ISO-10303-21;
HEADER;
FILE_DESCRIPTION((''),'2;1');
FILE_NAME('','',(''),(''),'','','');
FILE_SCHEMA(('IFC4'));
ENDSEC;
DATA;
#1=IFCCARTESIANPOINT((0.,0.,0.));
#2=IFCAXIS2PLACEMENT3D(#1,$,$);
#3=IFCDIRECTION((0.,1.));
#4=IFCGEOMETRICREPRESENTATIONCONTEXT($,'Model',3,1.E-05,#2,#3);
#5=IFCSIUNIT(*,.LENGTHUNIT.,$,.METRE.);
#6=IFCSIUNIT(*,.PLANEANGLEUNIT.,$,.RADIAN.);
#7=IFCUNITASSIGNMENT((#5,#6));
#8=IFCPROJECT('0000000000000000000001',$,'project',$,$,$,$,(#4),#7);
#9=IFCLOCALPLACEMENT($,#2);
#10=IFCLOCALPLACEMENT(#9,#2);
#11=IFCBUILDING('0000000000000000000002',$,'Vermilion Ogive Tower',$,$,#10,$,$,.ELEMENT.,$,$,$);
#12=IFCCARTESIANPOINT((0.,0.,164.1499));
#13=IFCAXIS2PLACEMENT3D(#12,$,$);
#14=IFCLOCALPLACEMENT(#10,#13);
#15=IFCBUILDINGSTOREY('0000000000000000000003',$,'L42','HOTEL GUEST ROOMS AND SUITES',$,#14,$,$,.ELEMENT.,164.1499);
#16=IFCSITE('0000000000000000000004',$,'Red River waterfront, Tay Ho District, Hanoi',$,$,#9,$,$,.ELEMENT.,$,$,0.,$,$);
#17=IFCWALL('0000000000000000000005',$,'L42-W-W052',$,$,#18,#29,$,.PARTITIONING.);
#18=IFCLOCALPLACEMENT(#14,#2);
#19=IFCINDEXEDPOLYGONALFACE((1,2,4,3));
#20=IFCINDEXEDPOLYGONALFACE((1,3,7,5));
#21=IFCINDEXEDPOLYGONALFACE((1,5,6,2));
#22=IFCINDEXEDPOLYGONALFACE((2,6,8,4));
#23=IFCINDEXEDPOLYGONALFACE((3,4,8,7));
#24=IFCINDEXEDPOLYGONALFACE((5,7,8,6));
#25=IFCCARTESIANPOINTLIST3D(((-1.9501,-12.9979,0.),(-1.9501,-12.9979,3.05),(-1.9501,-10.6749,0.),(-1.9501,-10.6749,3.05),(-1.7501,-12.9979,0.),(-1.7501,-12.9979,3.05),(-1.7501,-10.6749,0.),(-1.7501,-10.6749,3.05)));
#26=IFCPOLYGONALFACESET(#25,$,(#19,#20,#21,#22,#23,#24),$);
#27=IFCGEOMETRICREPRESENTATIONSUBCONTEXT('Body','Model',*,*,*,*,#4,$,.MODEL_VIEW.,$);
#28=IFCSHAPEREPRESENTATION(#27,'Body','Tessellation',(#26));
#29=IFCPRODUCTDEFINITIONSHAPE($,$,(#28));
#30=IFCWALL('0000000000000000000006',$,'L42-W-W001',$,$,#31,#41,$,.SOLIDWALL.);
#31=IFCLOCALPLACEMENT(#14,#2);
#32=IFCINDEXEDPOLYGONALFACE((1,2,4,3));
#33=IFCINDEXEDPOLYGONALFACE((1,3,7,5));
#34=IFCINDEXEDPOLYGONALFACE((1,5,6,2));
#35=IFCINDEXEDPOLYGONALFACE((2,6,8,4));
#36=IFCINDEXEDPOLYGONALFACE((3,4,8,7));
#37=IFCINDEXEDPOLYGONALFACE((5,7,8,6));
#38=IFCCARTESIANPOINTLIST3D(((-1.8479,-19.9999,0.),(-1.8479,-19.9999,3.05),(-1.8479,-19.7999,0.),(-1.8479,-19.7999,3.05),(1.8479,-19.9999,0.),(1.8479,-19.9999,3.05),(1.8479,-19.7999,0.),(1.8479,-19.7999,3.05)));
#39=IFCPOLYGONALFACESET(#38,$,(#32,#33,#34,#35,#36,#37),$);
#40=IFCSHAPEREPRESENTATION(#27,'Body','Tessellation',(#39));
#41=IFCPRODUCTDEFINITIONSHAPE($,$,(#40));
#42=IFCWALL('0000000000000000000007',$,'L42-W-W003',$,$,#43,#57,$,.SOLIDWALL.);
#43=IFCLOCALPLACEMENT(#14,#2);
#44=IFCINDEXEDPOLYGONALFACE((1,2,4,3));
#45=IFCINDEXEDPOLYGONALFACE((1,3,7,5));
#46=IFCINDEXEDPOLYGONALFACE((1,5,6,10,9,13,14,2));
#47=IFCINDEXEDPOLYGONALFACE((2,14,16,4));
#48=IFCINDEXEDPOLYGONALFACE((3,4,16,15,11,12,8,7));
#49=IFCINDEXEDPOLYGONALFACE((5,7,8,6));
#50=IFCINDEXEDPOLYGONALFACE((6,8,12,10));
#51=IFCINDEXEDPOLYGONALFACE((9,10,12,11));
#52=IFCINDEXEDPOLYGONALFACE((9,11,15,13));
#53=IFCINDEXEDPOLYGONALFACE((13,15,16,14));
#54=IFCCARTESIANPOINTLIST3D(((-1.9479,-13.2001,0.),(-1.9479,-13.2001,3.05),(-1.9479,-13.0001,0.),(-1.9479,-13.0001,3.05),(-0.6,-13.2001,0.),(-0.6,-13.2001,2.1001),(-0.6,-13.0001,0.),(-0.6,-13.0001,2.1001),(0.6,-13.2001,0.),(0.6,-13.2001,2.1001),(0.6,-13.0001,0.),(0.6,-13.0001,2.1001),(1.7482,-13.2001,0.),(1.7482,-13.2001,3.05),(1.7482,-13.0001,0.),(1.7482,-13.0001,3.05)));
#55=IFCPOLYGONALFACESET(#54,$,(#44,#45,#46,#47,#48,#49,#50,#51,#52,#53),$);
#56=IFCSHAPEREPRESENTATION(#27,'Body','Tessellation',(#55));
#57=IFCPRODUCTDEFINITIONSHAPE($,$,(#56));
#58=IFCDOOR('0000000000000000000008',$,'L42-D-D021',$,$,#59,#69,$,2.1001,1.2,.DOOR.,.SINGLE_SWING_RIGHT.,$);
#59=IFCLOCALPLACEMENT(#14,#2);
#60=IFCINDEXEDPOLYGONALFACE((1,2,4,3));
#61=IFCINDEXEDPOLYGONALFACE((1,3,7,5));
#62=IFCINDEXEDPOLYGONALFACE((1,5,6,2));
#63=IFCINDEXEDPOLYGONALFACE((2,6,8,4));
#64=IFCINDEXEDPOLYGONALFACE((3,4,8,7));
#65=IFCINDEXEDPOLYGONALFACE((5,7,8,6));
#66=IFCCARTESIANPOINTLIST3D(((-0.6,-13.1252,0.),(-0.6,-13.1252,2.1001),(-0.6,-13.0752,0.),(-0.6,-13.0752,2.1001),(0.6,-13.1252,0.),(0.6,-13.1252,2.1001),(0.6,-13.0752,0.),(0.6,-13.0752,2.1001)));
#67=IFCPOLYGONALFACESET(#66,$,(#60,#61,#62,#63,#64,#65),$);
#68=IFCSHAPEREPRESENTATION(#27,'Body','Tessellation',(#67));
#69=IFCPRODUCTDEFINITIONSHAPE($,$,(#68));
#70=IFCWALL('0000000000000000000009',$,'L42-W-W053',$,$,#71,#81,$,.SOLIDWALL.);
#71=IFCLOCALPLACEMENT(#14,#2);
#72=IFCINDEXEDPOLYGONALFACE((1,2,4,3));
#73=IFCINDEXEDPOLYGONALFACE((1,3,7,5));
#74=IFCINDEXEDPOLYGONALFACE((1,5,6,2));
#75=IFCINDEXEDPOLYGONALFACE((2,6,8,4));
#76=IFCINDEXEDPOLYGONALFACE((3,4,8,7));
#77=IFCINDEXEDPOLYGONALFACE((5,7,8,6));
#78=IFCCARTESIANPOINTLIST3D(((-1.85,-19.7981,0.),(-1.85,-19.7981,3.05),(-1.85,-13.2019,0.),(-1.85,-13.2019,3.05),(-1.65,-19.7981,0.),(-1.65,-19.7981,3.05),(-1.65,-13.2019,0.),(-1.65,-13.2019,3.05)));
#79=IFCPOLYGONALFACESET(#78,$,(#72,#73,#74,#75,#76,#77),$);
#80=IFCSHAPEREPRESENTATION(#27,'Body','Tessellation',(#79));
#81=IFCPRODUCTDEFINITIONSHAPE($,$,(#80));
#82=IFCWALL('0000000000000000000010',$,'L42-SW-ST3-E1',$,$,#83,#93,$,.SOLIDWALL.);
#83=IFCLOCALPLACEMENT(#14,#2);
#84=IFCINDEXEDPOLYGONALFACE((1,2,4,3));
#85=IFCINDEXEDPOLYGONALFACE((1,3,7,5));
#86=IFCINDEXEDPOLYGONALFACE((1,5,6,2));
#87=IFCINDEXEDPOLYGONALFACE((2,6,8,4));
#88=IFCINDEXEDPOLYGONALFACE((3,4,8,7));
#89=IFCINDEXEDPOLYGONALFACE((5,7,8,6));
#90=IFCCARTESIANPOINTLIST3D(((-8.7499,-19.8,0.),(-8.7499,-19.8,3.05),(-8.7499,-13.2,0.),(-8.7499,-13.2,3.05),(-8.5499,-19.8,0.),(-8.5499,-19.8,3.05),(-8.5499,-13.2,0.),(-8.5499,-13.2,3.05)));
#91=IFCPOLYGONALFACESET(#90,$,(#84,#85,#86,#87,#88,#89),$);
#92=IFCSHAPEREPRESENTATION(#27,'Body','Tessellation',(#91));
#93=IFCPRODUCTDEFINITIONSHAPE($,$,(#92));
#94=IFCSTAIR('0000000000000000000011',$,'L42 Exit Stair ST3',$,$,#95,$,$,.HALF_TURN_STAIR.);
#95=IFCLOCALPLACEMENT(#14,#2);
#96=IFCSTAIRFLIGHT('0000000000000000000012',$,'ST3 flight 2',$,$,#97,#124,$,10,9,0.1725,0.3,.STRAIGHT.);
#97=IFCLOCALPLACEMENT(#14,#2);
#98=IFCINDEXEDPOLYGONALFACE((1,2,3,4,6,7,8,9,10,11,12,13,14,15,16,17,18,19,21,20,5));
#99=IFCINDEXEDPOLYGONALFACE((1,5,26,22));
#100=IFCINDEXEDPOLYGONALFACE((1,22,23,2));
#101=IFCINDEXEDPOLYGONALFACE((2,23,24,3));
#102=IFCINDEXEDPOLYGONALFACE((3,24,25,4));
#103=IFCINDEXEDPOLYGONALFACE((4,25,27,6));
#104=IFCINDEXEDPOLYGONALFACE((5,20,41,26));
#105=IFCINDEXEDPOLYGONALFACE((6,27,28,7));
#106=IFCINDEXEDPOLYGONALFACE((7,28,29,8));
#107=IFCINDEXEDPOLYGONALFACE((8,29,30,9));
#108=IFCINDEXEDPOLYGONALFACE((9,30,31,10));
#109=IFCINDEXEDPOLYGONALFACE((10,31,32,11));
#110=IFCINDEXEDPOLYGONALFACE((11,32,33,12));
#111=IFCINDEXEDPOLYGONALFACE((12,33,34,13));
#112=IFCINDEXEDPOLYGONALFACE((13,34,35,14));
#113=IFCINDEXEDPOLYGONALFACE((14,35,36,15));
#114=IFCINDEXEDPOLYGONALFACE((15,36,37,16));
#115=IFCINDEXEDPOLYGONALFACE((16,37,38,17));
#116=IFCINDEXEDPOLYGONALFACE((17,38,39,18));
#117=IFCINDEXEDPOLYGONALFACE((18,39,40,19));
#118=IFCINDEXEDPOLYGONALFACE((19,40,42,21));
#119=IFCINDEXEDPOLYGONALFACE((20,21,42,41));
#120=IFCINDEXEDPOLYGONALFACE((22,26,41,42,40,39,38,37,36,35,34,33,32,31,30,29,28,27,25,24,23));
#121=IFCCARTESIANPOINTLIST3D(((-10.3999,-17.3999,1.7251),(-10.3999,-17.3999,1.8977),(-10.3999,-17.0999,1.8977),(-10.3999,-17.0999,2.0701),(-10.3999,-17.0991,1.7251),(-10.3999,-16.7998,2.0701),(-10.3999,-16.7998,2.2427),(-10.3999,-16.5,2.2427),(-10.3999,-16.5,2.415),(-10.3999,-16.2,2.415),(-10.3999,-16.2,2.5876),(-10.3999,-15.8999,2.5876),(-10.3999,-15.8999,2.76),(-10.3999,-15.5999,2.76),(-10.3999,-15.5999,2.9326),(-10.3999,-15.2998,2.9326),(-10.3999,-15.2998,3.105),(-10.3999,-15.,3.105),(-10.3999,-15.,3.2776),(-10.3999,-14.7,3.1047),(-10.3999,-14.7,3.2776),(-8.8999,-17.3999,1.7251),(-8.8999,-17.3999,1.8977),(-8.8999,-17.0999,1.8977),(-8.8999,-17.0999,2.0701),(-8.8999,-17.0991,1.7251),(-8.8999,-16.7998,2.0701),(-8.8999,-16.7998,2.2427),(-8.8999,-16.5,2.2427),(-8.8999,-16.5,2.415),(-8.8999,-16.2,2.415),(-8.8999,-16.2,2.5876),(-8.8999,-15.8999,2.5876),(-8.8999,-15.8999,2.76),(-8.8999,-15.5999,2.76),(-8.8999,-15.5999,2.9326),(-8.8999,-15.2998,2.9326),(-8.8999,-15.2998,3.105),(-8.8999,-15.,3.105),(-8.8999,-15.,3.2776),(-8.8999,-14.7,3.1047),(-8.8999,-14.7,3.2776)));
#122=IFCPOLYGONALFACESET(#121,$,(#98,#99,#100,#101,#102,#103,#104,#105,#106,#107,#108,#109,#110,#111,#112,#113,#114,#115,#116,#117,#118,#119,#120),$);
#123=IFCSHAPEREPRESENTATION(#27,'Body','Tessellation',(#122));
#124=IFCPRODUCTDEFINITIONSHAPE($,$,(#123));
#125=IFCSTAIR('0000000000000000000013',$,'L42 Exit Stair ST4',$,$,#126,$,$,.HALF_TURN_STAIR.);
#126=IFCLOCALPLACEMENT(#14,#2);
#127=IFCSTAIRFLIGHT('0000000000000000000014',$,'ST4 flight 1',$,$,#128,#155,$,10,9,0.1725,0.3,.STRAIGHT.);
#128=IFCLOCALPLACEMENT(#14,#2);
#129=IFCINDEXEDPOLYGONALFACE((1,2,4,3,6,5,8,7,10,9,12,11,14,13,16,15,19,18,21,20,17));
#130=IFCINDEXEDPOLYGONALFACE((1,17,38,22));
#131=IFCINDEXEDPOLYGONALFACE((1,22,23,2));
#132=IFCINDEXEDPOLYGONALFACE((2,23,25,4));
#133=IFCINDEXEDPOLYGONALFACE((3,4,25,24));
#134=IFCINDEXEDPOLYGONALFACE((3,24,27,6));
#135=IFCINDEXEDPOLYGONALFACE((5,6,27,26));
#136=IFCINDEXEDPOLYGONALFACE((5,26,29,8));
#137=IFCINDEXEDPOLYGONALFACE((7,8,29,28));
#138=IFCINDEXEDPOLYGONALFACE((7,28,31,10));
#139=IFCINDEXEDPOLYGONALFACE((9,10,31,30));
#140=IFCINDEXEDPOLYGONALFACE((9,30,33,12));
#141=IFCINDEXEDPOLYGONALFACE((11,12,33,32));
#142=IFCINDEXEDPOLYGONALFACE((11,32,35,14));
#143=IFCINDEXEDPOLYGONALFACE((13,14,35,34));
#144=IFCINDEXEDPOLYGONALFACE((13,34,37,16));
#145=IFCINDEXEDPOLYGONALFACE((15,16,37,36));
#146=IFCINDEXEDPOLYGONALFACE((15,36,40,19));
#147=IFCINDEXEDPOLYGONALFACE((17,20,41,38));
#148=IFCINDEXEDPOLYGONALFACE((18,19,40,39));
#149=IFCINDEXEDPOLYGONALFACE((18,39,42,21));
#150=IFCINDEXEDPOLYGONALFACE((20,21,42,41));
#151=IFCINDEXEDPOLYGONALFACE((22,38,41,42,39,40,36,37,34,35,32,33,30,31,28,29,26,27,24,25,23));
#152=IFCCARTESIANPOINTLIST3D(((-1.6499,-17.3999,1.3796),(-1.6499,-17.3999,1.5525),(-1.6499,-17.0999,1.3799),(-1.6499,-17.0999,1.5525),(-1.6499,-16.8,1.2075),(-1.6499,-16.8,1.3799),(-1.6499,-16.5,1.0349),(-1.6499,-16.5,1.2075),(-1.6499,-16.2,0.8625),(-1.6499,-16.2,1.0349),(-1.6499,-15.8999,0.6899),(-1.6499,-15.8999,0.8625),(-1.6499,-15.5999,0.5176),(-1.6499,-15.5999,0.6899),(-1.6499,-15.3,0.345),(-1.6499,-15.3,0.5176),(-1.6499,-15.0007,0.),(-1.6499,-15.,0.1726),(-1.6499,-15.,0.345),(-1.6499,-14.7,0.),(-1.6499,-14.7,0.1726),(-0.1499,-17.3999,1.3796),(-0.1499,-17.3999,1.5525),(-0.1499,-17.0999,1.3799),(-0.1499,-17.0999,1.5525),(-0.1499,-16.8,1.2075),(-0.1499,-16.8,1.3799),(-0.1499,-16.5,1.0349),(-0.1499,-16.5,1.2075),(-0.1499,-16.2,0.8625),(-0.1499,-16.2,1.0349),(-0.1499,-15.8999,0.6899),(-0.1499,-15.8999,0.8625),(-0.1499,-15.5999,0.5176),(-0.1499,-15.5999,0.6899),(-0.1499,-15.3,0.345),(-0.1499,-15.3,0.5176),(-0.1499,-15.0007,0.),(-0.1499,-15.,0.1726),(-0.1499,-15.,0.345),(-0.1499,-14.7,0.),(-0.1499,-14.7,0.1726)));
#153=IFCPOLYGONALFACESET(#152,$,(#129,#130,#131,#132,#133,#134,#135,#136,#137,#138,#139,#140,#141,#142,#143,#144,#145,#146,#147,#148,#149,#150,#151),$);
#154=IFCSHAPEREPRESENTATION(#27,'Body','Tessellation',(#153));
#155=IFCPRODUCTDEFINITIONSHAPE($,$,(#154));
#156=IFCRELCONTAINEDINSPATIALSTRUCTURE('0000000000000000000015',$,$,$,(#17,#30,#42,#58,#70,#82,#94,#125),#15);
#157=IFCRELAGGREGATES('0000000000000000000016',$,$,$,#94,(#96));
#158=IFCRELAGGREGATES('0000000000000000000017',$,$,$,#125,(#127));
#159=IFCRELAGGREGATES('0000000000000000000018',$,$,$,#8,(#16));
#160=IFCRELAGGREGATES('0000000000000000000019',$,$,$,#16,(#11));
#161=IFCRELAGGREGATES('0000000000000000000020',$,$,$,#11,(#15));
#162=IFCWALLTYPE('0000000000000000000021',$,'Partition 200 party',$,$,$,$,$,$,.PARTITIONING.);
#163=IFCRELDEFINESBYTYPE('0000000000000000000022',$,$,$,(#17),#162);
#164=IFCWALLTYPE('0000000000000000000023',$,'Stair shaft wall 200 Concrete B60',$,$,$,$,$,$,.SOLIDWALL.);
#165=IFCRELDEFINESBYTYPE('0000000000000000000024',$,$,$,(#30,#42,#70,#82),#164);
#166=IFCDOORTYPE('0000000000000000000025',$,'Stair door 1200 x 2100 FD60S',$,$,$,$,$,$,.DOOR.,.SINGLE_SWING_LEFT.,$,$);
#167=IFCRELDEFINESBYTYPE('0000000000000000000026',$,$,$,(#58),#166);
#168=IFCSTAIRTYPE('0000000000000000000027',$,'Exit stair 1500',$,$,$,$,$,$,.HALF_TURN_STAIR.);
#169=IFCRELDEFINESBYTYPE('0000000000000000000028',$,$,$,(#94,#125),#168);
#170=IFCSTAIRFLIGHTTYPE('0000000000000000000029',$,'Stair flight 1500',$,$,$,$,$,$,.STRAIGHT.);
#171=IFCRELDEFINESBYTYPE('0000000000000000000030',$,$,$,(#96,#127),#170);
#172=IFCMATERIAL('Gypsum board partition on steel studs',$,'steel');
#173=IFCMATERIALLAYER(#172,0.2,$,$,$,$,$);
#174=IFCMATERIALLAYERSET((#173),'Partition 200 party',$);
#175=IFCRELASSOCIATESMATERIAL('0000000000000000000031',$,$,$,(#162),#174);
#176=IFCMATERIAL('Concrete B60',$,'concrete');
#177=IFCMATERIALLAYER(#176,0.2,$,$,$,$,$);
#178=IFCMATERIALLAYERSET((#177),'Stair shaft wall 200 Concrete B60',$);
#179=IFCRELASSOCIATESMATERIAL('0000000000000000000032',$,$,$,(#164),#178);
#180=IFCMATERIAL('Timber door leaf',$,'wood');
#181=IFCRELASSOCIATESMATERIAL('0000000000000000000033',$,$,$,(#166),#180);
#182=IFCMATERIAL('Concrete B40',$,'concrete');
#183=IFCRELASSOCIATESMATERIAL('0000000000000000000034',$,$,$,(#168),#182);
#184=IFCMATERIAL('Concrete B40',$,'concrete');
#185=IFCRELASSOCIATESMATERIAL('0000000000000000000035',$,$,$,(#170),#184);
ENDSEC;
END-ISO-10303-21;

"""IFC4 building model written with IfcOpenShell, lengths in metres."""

from ifc_helpers import new_model, si_unit, direction, frame, frame_2d, origin, place, context, subcontext, project, spatial, polyline, rectangle, outline, extrude, material, layer, layer_set, type_object, element, fill, aggregate, save


model = new_model("IFC4")

# Units and contexts
model_context = context("Model", 3, precision=1e-05, world=origin(), true_north=direction((0.0, 1.0)))
body_context = subcontext(model_context, "Body", "Model", "MODEL_VIEW")
ifc_project = project(units=[si_unit("LENGTHUNIT", "METRE"), si_unit("PLANEANGLEUNIT", "RADIAN")], contexts=[model_context])

# Site, building, storey
site_placement = place(None, origin())
site = spatial("IfcSite", under=ifc_project, at=site_placement, Name="Red River waterfront, Tay Ho District, Hanoi", CompositionType="ELEMENT", RefElevation=0.0)
building_placement = place(site_placement, origin())
building = spatial("IfcBuilding", under=site, at=building_placement, Name="Vermilion Ogive Tower", CompositionType="ELEMENT")
storey_placement = place(building_placement, frame((0.0, 0.0, 164.1499)))
storey = spatial("IfcBuildingStorey", under=building, at=storey_placement, Name="L42", Description="HOTEL GUEST ROOMS AND SUITES", CompositionType="ELEMENT", Elevation=164.1499)

# Walls
ifc_material_1 = material(Name="Gypsum board partition on steel studs", Category="steel")
ifc_layer_1 = layer(ifc_material_1, 0.2)
ifc_layer_set_1 = layer_set([ifc_layer_1], Name="Partition 200 party")
wall_type_1 = type_object("IfcWallType", Name="Partition 200 party", PredefinedType="PARTITIONING", material=ifc_layer_set_1)
wall_1_placement = place(storey_placement, frame((-1.8501, -12.998, 0.0), z_axis=(0.0, 0.0, 1.0), x_axis=(0.0, 1.0, 0.0)))
element("IfcWall", 1, at=wall_1_placement, inside=storey, type_object=wall_type_1, Name="L42-W-W052", PredefinedType="PARTITIONING", context=body_context, shape_type="SweptSolid", body=[
    extrude(rectangle(XDim=2.323, YDim=0.2, at=frame_2d((1.1616, 0.0))), origin(), (0.0, 0.0, 1.0), 3.05),
])
ifc_material_2 = material(Name="Concrete B60", Category="concrete")
ifc_layer_2 = layer(ifc_material_2, 0.2)
ifc_layer_set_2 = layer_set([ifc_layer_2], Name="Stair shaft wall 200 Concrete B60")
wall_type_2 = type_object("IfcWallType", Name="Stair shaft wall 200 Concrete B60", PredefinedType="SOLIDWALL", material=ifc_layer_set_2)
wall_2_placement = place(storey_placement, frame((-1.8479, -19.8999, 0.0), z_axis=(0.0, 0.0, 1.0), x_axis=(1.0, 0.0, 0.0)))
element("IfcWall", 2, at=wall_2_placement, inside=storey, type_object=wall_type_2, Name="L42-W-W001", PredefinedType="SOLIDWALL", context=body_context, shape_type="SweptSolid", body=[
    extrude(rectangle(XDim=3.6958, YDim=0.2, at=frame_2d((1.8479, 0.0))), origin(), (0.0, 0.0, 1.0), 3.05),
])

# Wall, opening, door
wall_3_placement = place(storey_placement, frame((-1.948, -13.1001, 0.0), z_axis=(0.0, 0.0, 1.0), x_axis=(1.0, 0.0, 0.0)))
wall_3 = element("IfcWall", 3, at=wall_3_placement, inside=storey, type_object=wall_type_2, Name="L42-W-W003", PredefinedType="SOLIDWALL", context=body_context, shape_type="SweptSolid", body=[
    extrude(rectangle(XDim=3.696, YDim=0.2, at=frame_2d((1.8481, 0.0))), origin(), (0.0, 0.0, 1.0), 3.05),
])
opening_placement = place(wall_3_placement, frame((1.3479, 0.0, 0.0)))
opening = element("IfcOpeningElement", 4, at=opening_placement, cuts=wall_3, PredefinedType="OPENING", context=body_context, shape_type="SweptSolid", body=[
    extrude(rectangle(XDim=1.2, YDim=2.1001, at=frame_2d((0.6001, 1.05))), frame((0.0, 0.1099, 0.0), z_axis=(0.0, -1.0, 0.0), x_axis=(1.0, 0.0, 0.0)), (0.0, 0.0, 1.0), 0.22),
])
ifc_material_3 = material(Name="Timber door leaf", Category="wood")
door_type = type_object("IfcDoorType", Name="Stair door 1200 x 2100 FD60S", OperationType="SINGLE_SWING_LEFT", PredefinedType="DOOR", material=ifc_material_3)
door_placement = place(opening_placement, origin())
door = element("IfcDoor", 5, at=door_placement, inside=storey, type_object=door_type, Name="L42-D-D021", OperationType="SINGLE_SWING_RIGHT", OverallHeight=2.1001, OverallWidth=1.2, PredefinedType="DOOR", context=body_context, shape_type="SweptSolid", body=[
    extrude(rectangle(XDim=1.2, YDim=2.1001, at=frame_2d((0.6001, 1.05))), frame((0.0, 0.0249, 0.0), z_axis=(0.0, -1.0, 0.0), x_axis=(1.0, 0.0, 0.0)), (0.0, 0.0, 1.0), 0.05),
])
fill(opening, door)

# Walls
wall_4_placement = place(storey_placement, frame((-1.75, -19.7981, 0.0), z_axis=(0.0, 0.0, 1.0), x_axis=(0.0, 1.0, 0.0)))
element("IfcWall", 6, at=wall_4_placement, inside=storey, type_object=wall_type_2, Name="L42-W-W053", PredefinedType="SOLIDWALL", context=body_context, shape_type="SweptSolid", body=[
    extrude(rectangle(XDim=6.5962, YDim=0.2, at=frame_2d((3.2981, 0.0))), origin(), (0.0, 0.0, 1.0), 3.05),
])
wall_5_placement = place(storey_placement, frame((-8.6499, -19.8, 0.0), z_axis=(0.0, 0.0, 1.0), x_axis=(0.0, 1.0, 0.0)))
element("IfcWall", 7, at=wall_5_placement, inside=storey, type_object=wall_type_2, Name="L42-SW-ST3-E1", PredefinedType="SOLIDWALL", context=body_context, shape_type="SweptSolid", body=[
    extrude(rectangle(XDim=6.6001, YDim=0.2, at=frame_2d((3.3, 0.0))), origin(), (0.0, 0.0, 1.0), 3.05),
])

# Stairs, stair flights
ifc_material_4 = material(Name="Concrete B40", Category="concrete")
stair_type = type_object("IfcStairType", Name="Exit stair 1500", PredefinedType="HALF_TURN_STAIR", material=ifc_material_4)
stair_1_placement = place(storey_placement, origin())
stair_1 = element("IfcStair", 8, at=stair_1_placement, inside=storey, type_object=stair_type, Name="L42 Exit Stair ST3", PredefinedType="HALF_TURN_STAIR")
ifc_material_5 = material(Name="Concrete B40", Category="concrete")
stair_flight_type = type_object("IfcStairFlightType", Name="Stair flight 1500", PredefinedType="STRAIGHT", material=ifc_material_5)
stair_flight_1_placement = place(storey_placement, frame((-9.6499, -17.3999, 1.7251), z_axis=(0.0, 0.0, 1.0), x_axis=(0.0, 1.0, 0.0)))
stair_flight_1 = element("IfcStairFlight", 9, at=stair_flight_1_placement, type_object=stair_flight_type, Name="ST3 flight 2", NumberOfRisers=10, NumberOfTreads=9, PredefinedType="STRAIGHT", RiserHeight=0.1725, TreadLength=0.3, context=body_context, shape_type="SweptSolid", body=[
    extrude(outline(polyline([(0.0, 0.0), (0.0, 0.1726), (0.3, 0.1726), (0.3, 0.345), (0.6001, 0.345), (0.6001, 0.5176), (0.8999, 0.5176), (0.8999, 0.6899), (1.2, 0.6899), (1.2, 0.8625), (1.5, 0.8625), (1.5, 1.0349), (1.8, 1.0349), (1.8, 1.2075), (2.1001, 1.2075), (2.1001, 1.3799), (2.3999, 1.3799), (2.3999, 1.5525), (2.7, 1.5525), (2.7, 1.7251), (2.7, 1.3796), (0.3008, 0.0), (0.0, 0.0)])), frame((0.0, 0.75, 0.0), z_axis=(0.0, -1.0, 0.0), x_axis=(1.0, 0.0, 0.0)), (0.0, 0.0, 1.0), 1.5),
])
aggregate(stair_1, [stair_flight_1])
stair_2_placement = place(storey_placement, origin())
stair_2 = element("IfcStair", 10, at=stair_2_placement, inside=storey, type_object=stair_type, Name="L42 Exit Stair ST4", PredefinedType="HALF_TURN_STAIR")
stair_flight_2_placement = place(storey_placement, frame((-0.8999, -14.7, 0.0), z_axis=(0.0, 0.0, 1.0), x_axis=(0.0, -1.0, 0.0)))
stair_flight_2 = element("IfcStairFlight", 11, at=stair_flight_2_placement, type_object=stair_flight_type, Name="ST4 flight 1", NumberOfRisers=10, NumberOfTreads=9, PredefinedType="STRAIGHT", RiserHeight=0.1725, TreadLength=0.3, context=body_context, shape_type="SweptSolid", body=[
    extrude(outline(polyline([(0.0, 0.0), (0.0, 0.1726), (0.3, 0.1726), (0.3, 0.345), (0.6001, 0.345), (0.6001, 0.5176), (0.8999, 0.5176), (0.8999, 0.6899), (1.2, 0.6899), (1.2, 0.8625), (1.5, 0.8625), (1.5, 1.0349), (1.8, 1.0349), (1.8, 1.2075), (2.1001, 1.2075), (2.1001, 1.3799), (2.3999, 1.3799), (2.3999, 1.5525), (2.7, 1.5525), (2.7, 1.7251), (2.7, 1.3796), (0.3008, 0.0), (0.0, 0.0)])), frame((0.0, 0.75, 0.0), z_axis=(0.0, -1.0, 0.0), x_axis=(1.0, 0.0, 0.0)), (0.0, 0.0, 1.0), 1.5),
])
aggregate(stair_2, [stair_flight_2])

save(model, "model.ifc")
